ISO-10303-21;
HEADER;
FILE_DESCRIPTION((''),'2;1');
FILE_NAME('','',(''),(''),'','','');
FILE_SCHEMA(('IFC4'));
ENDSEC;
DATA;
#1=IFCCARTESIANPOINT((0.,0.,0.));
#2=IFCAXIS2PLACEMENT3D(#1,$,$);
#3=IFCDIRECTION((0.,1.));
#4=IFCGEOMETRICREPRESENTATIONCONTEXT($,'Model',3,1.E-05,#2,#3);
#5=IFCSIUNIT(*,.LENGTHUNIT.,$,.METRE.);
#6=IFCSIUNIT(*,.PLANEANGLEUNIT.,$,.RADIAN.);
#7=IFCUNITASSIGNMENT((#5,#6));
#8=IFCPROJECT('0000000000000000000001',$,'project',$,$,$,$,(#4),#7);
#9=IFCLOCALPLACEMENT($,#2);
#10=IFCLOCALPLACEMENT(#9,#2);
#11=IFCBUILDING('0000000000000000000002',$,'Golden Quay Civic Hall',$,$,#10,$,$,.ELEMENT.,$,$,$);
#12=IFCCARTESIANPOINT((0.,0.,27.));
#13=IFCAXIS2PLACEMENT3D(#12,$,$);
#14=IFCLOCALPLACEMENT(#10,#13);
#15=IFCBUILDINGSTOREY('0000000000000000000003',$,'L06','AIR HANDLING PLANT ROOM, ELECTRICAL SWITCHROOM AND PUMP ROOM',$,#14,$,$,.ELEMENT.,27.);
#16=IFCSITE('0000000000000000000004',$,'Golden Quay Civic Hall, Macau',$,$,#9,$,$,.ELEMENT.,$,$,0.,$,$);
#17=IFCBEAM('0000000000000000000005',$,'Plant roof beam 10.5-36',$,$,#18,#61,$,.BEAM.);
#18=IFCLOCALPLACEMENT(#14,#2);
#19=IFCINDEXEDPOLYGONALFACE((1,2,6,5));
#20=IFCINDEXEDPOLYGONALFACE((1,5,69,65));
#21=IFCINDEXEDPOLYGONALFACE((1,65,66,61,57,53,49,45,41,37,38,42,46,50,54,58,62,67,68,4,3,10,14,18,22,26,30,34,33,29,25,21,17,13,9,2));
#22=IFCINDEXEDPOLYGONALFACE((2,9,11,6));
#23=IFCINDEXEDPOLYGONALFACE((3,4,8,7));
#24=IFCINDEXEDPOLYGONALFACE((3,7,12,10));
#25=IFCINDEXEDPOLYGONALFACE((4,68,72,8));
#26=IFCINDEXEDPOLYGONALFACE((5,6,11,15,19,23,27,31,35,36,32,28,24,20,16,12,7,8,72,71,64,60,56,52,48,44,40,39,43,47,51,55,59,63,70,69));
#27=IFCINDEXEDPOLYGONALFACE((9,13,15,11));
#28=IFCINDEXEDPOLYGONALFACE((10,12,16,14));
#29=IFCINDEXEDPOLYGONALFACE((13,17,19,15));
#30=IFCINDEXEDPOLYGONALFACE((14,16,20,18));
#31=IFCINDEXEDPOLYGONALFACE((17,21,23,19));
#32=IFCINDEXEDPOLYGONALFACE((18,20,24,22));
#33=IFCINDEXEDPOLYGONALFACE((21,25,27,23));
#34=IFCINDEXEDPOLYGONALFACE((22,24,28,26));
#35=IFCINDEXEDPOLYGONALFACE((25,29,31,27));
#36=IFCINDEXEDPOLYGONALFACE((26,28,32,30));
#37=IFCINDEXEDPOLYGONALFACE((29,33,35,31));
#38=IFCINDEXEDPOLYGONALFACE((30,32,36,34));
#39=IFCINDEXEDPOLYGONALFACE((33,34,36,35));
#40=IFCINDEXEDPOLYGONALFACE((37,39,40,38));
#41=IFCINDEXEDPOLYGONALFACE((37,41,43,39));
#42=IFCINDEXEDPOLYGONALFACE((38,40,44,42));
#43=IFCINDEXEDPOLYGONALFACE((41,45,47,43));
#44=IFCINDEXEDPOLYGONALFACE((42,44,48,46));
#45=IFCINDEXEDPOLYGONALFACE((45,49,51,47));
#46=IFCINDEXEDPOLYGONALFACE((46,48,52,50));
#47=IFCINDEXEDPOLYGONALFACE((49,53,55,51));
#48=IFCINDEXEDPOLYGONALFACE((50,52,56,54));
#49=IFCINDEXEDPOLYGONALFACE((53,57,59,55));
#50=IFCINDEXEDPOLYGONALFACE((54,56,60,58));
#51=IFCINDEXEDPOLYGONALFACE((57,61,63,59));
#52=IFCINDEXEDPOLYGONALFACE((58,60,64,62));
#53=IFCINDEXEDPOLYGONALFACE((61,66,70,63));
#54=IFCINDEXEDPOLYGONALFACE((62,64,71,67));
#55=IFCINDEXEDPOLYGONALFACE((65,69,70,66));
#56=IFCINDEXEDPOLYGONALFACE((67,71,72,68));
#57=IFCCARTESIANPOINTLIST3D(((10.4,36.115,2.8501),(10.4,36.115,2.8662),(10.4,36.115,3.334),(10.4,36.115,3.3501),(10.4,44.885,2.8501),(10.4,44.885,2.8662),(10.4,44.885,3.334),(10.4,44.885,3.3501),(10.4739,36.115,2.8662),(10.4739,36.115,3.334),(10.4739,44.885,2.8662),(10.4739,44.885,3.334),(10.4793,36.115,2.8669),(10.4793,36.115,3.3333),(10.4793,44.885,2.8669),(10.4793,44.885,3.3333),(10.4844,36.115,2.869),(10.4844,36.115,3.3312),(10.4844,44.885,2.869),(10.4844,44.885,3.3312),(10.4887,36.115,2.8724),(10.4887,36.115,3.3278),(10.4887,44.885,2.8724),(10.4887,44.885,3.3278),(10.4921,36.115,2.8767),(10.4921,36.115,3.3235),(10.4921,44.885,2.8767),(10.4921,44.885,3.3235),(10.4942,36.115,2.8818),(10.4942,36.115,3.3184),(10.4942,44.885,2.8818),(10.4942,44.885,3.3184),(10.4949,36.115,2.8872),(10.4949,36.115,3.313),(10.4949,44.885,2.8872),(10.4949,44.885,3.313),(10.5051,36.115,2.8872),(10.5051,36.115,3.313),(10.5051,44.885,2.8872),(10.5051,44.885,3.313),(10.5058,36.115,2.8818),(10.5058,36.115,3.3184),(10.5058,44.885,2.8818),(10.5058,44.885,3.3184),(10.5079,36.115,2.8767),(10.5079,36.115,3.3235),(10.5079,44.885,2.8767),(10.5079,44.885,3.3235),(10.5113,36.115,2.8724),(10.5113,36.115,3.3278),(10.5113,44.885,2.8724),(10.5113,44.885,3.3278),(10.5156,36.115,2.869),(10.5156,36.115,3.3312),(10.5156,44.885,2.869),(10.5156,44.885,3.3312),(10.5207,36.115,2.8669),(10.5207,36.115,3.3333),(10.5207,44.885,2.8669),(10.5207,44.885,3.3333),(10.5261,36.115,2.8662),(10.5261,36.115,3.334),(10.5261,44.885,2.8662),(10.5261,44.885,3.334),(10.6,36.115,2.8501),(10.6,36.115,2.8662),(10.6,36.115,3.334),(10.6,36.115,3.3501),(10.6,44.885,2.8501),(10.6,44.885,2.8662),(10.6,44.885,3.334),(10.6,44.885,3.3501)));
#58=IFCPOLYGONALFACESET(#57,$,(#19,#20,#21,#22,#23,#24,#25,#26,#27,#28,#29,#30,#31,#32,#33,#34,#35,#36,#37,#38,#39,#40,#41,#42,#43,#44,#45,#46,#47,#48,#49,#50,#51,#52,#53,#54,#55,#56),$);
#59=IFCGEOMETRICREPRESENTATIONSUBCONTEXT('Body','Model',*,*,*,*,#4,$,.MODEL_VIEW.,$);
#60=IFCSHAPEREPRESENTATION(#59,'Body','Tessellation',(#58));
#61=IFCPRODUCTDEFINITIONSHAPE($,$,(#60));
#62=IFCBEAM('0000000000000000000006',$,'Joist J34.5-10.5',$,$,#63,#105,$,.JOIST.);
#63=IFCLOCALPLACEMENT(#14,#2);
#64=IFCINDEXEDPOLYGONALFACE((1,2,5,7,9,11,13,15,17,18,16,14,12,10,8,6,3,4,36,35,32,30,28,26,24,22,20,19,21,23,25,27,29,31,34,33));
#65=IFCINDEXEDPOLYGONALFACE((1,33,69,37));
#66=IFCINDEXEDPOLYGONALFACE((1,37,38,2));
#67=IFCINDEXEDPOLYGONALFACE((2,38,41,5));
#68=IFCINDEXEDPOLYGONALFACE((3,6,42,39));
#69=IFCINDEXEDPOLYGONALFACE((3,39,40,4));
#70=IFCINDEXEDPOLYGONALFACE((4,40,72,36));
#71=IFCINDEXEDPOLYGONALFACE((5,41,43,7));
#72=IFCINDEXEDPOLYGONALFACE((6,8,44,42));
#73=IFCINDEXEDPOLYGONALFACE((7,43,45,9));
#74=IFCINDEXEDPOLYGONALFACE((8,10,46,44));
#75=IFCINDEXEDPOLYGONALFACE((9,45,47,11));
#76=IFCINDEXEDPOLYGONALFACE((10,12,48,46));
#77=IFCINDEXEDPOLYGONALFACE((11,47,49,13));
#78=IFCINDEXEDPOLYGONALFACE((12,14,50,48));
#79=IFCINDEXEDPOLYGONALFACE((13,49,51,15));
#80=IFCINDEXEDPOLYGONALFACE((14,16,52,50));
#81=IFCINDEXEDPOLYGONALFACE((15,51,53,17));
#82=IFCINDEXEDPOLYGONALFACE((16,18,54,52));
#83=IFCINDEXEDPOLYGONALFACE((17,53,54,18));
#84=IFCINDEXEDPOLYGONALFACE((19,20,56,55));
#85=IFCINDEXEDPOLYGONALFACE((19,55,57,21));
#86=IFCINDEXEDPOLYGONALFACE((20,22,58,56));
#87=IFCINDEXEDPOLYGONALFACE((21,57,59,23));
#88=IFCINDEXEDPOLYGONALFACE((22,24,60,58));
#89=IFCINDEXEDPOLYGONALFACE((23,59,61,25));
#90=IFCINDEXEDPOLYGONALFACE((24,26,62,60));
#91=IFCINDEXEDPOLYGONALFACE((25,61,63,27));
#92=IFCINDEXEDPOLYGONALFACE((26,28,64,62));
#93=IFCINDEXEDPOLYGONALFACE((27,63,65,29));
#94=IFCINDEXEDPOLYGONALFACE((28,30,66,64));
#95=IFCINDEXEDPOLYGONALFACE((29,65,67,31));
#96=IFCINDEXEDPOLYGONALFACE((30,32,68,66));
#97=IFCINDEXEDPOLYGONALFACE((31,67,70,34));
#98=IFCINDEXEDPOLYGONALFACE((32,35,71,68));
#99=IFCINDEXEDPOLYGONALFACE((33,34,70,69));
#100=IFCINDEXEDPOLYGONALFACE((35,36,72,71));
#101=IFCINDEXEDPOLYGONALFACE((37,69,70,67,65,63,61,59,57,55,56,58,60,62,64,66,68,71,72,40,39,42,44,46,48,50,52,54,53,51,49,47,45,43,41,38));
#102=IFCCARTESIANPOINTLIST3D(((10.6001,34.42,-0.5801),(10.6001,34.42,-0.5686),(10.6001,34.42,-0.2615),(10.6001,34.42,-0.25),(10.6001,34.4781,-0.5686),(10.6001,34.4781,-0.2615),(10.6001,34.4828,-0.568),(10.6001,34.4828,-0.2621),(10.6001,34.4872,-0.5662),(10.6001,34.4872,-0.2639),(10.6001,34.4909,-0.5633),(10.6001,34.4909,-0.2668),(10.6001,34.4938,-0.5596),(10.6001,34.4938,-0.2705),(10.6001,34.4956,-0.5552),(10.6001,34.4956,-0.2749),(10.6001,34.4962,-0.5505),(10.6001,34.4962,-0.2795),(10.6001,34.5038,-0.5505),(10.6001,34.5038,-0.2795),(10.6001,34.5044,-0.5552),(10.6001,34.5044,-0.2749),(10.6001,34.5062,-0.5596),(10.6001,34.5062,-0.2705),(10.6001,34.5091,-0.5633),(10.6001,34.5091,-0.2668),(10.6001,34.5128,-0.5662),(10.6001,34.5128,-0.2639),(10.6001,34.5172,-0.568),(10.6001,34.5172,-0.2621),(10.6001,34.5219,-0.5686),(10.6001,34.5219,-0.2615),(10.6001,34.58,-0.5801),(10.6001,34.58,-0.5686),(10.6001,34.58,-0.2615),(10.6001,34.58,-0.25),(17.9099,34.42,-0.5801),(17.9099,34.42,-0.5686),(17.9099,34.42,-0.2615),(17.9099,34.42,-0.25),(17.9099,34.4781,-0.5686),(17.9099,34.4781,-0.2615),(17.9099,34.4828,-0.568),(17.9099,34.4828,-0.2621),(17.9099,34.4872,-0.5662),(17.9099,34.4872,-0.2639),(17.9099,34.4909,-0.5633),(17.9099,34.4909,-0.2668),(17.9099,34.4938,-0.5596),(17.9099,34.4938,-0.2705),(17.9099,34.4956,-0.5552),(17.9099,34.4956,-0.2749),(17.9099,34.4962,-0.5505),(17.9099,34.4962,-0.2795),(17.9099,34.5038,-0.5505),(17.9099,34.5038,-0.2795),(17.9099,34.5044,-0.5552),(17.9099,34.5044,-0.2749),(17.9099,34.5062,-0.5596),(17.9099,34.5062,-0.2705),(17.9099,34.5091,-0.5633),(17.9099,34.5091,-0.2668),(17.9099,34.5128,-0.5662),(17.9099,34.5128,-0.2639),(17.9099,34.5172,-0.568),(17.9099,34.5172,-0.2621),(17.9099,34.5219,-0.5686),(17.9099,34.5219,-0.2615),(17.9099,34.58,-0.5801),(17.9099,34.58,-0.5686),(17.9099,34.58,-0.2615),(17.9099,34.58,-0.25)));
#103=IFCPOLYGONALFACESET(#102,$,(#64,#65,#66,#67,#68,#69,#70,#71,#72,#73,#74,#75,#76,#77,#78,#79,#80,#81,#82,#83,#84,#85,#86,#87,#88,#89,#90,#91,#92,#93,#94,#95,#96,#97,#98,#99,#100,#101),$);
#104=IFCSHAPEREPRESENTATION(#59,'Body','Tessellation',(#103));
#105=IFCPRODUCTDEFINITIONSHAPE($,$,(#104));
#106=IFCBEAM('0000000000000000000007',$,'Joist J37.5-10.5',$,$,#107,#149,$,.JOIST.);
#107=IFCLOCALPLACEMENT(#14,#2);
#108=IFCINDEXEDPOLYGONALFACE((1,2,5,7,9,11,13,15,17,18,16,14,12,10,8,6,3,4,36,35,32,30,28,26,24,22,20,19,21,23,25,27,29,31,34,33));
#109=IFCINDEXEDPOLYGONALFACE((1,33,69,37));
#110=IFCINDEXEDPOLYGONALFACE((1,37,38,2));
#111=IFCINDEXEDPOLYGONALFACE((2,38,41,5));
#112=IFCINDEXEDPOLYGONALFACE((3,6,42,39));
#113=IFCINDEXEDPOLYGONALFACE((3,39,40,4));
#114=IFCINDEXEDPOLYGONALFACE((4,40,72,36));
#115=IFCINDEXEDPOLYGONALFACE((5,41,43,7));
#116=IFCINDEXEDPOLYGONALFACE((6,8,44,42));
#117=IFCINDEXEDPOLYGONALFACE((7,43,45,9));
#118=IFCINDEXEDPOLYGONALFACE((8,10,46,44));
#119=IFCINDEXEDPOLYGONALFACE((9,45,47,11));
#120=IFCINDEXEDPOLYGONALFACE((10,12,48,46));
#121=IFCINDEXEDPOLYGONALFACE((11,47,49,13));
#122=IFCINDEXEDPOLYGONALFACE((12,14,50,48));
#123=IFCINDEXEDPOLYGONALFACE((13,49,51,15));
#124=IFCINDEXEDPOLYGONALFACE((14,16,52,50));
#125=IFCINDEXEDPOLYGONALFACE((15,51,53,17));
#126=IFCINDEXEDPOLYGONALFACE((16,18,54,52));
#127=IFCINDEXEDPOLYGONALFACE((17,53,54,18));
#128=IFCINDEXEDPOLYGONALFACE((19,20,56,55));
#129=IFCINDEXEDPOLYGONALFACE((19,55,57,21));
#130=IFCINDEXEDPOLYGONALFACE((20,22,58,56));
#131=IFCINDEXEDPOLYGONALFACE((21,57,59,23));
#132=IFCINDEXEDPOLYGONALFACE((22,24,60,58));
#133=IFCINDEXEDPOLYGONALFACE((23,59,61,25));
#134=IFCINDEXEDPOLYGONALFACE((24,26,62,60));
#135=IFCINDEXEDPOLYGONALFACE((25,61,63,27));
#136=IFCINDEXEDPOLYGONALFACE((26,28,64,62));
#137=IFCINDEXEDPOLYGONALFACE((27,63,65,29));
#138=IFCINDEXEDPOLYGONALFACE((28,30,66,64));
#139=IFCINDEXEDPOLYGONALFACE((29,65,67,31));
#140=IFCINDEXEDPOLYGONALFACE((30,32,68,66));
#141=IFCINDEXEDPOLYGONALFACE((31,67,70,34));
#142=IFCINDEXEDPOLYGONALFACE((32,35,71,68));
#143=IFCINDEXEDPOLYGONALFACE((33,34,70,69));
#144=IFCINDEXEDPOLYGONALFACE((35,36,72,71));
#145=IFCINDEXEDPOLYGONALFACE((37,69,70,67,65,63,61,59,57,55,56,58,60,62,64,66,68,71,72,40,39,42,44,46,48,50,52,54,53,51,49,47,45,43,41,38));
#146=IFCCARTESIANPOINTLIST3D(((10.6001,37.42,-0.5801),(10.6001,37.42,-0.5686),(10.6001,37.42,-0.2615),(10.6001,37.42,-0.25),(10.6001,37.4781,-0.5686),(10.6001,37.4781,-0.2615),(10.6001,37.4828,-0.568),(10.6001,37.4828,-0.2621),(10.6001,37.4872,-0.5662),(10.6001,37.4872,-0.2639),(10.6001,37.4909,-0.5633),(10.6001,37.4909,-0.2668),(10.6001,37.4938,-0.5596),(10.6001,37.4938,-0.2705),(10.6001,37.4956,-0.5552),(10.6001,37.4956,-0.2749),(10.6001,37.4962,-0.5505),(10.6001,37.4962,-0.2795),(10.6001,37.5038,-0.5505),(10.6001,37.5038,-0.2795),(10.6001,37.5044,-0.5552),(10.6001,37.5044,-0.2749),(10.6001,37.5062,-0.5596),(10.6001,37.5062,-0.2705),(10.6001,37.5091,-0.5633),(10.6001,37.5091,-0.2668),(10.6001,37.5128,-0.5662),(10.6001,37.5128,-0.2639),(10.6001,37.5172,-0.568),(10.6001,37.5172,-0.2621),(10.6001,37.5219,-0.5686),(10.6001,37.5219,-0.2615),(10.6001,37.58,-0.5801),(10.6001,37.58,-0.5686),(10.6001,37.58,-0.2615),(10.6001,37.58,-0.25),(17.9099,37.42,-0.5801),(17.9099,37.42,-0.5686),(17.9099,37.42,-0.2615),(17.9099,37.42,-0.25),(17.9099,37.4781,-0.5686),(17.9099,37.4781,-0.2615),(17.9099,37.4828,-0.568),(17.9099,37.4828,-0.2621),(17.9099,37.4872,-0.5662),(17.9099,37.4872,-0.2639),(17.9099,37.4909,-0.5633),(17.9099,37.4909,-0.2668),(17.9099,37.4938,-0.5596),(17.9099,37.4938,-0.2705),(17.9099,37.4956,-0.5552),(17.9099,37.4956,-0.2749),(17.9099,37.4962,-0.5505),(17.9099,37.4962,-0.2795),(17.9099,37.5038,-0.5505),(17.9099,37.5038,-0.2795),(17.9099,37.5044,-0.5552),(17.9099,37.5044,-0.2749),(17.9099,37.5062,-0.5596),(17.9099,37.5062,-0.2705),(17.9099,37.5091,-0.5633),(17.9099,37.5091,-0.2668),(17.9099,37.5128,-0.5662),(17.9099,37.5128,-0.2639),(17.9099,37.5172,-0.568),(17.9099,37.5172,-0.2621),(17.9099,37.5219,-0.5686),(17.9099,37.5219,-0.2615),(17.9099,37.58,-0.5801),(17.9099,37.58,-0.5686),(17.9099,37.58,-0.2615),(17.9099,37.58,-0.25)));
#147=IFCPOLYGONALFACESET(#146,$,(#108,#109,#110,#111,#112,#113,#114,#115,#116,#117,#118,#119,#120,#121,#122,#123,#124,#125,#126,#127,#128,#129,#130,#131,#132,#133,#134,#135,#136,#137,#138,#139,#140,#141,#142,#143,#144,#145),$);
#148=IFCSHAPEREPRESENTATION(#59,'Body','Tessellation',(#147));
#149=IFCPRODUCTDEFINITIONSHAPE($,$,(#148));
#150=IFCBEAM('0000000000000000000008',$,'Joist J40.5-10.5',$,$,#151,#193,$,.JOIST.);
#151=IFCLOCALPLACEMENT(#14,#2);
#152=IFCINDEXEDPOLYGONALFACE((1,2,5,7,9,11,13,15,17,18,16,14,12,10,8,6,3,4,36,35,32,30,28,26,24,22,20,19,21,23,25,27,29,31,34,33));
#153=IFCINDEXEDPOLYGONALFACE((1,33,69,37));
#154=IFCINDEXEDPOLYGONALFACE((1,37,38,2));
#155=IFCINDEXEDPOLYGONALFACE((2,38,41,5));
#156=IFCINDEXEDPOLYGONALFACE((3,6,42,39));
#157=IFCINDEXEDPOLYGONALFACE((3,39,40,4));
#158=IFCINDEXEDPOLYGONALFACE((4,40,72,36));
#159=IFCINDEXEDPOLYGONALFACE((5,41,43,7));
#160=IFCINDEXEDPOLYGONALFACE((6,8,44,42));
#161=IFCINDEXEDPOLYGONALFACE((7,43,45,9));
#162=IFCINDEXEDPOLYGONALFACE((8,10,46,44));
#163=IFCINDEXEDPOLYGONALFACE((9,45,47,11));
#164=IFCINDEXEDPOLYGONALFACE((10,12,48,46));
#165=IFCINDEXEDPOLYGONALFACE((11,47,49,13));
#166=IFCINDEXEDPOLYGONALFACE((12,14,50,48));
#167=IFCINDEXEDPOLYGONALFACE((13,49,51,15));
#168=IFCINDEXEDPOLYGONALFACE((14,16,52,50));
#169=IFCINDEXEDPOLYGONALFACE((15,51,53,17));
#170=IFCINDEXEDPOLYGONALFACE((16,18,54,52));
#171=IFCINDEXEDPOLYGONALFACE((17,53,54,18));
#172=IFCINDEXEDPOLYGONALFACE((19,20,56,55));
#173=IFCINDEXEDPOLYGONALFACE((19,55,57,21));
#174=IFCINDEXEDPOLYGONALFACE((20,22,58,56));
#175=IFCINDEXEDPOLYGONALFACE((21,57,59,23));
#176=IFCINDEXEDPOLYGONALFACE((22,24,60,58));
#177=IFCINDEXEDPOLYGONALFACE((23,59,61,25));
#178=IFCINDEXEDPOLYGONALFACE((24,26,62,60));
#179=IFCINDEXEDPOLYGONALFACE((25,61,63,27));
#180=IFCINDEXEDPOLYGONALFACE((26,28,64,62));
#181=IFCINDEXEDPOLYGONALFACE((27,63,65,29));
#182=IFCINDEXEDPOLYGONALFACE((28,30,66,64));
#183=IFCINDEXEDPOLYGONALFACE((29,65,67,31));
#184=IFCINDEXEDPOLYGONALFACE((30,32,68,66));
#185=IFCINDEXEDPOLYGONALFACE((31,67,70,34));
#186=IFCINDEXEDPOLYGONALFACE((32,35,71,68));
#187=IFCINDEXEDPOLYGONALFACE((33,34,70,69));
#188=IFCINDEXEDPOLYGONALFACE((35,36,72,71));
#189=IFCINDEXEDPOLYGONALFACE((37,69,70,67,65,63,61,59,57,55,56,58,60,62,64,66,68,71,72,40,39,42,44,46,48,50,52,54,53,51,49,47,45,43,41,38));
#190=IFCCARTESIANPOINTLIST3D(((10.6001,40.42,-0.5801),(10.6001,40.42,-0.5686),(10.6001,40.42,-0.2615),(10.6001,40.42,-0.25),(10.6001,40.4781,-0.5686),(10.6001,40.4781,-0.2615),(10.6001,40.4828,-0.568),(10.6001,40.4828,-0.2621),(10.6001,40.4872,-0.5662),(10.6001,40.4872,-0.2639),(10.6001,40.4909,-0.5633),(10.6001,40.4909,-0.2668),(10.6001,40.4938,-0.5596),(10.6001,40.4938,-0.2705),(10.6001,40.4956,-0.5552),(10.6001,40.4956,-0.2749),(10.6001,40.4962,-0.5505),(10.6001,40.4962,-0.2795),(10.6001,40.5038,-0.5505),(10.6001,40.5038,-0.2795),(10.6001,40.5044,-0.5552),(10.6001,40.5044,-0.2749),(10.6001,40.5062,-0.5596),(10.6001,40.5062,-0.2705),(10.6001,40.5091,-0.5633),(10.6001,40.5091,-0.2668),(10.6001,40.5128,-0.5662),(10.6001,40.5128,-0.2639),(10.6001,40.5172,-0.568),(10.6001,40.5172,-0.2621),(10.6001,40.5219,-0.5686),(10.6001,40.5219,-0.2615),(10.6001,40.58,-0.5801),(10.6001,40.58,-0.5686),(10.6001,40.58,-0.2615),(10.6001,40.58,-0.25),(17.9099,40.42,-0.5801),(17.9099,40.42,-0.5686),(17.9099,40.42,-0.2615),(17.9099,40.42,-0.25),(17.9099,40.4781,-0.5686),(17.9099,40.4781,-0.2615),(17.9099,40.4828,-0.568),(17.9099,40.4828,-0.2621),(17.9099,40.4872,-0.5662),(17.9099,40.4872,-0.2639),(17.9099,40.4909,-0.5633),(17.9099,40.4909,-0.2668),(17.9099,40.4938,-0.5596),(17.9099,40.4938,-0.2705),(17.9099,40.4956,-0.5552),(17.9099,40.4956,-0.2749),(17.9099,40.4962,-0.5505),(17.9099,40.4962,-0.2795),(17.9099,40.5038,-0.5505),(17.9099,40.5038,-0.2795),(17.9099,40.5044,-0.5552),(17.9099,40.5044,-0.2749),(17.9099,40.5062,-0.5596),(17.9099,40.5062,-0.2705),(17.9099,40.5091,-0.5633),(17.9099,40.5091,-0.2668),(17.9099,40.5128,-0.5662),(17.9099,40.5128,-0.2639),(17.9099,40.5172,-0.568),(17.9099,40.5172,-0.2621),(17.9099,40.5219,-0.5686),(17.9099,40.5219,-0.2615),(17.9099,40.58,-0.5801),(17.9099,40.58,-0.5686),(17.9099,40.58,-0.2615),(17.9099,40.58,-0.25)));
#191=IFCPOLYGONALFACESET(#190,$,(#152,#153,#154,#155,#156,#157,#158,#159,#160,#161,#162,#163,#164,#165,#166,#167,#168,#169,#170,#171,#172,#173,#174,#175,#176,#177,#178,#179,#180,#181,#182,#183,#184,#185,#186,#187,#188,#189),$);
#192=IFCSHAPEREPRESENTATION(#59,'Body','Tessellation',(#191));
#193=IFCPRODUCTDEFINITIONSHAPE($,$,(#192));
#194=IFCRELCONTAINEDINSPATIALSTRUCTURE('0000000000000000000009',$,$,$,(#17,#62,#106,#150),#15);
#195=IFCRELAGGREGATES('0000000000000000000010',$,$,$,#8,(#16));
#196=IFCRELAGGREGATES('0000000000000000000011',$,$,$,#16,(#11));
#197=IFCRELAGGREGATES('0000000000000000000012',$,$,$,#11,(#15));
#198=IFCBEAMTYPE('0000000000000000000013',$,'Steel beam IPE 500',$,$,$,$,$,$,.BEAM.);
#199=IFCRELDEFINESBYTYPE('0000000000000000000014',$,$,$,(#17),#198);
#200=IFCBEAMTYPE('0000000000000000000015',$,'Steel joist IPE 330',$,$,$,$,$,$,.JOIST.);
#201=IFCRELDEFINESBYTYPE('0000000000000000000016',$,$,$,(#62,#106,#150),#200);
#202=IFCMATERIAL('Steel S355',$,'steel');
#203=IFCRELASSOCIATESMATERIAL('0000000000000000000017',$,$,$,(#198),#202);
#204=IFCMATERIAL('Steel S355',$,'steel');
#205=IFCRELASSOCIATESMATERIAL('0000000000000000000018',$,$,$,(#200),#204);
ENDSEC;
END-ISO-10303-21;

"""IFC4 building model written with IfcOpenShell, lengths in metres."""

from ifc_helpers import new_model, si_unit, direction, frame, origin, origin_2d, place, context, subcontext, project, spatial, i_section, extrude, material, material_profile, profile_set, type_object, element, save


model = new_model("IFC4")

# Units and contexts
model_context = context("Model", 3, precision=1e-05, world=origin(), true_north=direction((0.0, 1.0)))
body_context = subcontext(model_context, "Body", "Model", "MODEL_VIEW")
ifc_project = project(units=[si_unit("LENGTHUNIT", "METRE"), si_unit("PLANEANGLEUNIT", "RADIAN")], contexts=[model_context])

# Site, building, storey
site_placement = place(None, origin())
site = spatial("IfcSite", under=ifc_project, at=site_placement, Name="Golden Quay Civic Hall, Macau", CompositionType="ELEMENT", RefElevation=0.0)
building_placement = place(site_placement, origin())
building = spatial("IfcBuilding", under=site, at=building_placement, Name="Golden Quay Civic Hall", CompositionType="ELEMENT")
storey_placement = place(building_placement, frame((0.0, 0.0, 27.0)))
storey = spatial("IfcBuildingStorey", under=building, at=storey_placement, Name="L06", Description="AIR HANDLING PLANT ROOM, ELECTRICAL SWITCHROOM AND PUMP ROOM", CompositionType="ELEMENT", Elevation=27.0)

# Beams
ifc_material_1 = material(Name="Steel S355", Category="steel")
ifc_material_profile_1 = material_profile(ifc_material_1, i_section(OverallWidth=0.2, OverallDepth=0.5, WebThickness=0.0103, FlangeThickness=0.0161, FilletRadius=0.021, at=origin_2d()), Name="IPE 500")
ifc_profile_set_1 = profile_set([ifc_material_profile_1], Name="Steel S355")
beam_type_1 = type_object("IfcBeamType", Name="Steel beam IPE 500", PredefinedType="BEAM", material=ifc_profile_set_1)
for number, where, z_axis, x_axis, name in (
    (1, (10.5, 36.115, 3.1001), (0.0, 1.0, 0.0), (-1.0, 0.0, 0.0), "Plant roof beam 10.5-36"),
):
    element("IfcBeam", number, at=place(storey_placement, frame(where, z_axis=z_axis, x_axis=x_axis)), inside=storey, type_object=beam_type_1, Name=name, PredefinedType="BEAM", context=body_context, shape_type="SweptSolid", body=[
        extrude(i_section(OverallWidth=0.2, OverallDepth=0.5, WebThickness=0.0103, FlangeThickness=0.0161, FilletRadius=0.021, at=origin_2d()), origin(), (0.0, 0.0, 1.0), 8.77),
    ])
ifc_material_2 = material(Name="Steel S355", Category="steel")
ifc_material_profile_2 = material_profile(ifc_material_2, i_section(OverallWidth=0.1599, OverallDepth=0.3301, WebThickness=0.0076, FlangeThickness=0.0115, FilletRadius=0.0181, at=origin_2d()), Name="IPE 330")
ifc_profile_set_2 = profile_set([ifc_material_profile_2], Name="Steel S355")
beam_type_2 = type_object("IfcBeamType", Name="Steel joist IPE 330", PredefinedType="JOIST", material=ifc_profile_set_2)
for number, where, z_axis, x_axis, name in (
    (2, (10.6001, 34.5, -0.415), (1.0, 0.0, 0.0), (0.0, 1.0, 0.0), "Joist J34.5-10.5"),
    (3, (10.6001, 37.5, -0.415), (1.0, 0.0, 0.0), (0.0, 1.0, 0.0), "Joist J37.5-10.5"),
    (4, (10.6001, 40.5, -0.415), (1.0, 0.0, 0.0), (0.0, 1.0, 0.0), "Joist J40.5-10.5"),
):
    element("IfcBeam", number, at=place(storey_placement, frame(where, z_axis=z_axis, x_axis=x_axis)), inside=storey, type_object=beam_type_2, Name=name, PredefinedType="JOIST", context=body_context, shape_type="SweptSolid", body=[
        extrude(i_section(OverallWidth=0.1599, OverallDepth=0.3301, WebThickness=0.0076, FlangeThickness=0.0115, FilletRadius=0.0181, at=origin_2d()), origin(), (0.0, 0.0, 1.0), 7.3098),
    ])

save(model, "model.ifc")
